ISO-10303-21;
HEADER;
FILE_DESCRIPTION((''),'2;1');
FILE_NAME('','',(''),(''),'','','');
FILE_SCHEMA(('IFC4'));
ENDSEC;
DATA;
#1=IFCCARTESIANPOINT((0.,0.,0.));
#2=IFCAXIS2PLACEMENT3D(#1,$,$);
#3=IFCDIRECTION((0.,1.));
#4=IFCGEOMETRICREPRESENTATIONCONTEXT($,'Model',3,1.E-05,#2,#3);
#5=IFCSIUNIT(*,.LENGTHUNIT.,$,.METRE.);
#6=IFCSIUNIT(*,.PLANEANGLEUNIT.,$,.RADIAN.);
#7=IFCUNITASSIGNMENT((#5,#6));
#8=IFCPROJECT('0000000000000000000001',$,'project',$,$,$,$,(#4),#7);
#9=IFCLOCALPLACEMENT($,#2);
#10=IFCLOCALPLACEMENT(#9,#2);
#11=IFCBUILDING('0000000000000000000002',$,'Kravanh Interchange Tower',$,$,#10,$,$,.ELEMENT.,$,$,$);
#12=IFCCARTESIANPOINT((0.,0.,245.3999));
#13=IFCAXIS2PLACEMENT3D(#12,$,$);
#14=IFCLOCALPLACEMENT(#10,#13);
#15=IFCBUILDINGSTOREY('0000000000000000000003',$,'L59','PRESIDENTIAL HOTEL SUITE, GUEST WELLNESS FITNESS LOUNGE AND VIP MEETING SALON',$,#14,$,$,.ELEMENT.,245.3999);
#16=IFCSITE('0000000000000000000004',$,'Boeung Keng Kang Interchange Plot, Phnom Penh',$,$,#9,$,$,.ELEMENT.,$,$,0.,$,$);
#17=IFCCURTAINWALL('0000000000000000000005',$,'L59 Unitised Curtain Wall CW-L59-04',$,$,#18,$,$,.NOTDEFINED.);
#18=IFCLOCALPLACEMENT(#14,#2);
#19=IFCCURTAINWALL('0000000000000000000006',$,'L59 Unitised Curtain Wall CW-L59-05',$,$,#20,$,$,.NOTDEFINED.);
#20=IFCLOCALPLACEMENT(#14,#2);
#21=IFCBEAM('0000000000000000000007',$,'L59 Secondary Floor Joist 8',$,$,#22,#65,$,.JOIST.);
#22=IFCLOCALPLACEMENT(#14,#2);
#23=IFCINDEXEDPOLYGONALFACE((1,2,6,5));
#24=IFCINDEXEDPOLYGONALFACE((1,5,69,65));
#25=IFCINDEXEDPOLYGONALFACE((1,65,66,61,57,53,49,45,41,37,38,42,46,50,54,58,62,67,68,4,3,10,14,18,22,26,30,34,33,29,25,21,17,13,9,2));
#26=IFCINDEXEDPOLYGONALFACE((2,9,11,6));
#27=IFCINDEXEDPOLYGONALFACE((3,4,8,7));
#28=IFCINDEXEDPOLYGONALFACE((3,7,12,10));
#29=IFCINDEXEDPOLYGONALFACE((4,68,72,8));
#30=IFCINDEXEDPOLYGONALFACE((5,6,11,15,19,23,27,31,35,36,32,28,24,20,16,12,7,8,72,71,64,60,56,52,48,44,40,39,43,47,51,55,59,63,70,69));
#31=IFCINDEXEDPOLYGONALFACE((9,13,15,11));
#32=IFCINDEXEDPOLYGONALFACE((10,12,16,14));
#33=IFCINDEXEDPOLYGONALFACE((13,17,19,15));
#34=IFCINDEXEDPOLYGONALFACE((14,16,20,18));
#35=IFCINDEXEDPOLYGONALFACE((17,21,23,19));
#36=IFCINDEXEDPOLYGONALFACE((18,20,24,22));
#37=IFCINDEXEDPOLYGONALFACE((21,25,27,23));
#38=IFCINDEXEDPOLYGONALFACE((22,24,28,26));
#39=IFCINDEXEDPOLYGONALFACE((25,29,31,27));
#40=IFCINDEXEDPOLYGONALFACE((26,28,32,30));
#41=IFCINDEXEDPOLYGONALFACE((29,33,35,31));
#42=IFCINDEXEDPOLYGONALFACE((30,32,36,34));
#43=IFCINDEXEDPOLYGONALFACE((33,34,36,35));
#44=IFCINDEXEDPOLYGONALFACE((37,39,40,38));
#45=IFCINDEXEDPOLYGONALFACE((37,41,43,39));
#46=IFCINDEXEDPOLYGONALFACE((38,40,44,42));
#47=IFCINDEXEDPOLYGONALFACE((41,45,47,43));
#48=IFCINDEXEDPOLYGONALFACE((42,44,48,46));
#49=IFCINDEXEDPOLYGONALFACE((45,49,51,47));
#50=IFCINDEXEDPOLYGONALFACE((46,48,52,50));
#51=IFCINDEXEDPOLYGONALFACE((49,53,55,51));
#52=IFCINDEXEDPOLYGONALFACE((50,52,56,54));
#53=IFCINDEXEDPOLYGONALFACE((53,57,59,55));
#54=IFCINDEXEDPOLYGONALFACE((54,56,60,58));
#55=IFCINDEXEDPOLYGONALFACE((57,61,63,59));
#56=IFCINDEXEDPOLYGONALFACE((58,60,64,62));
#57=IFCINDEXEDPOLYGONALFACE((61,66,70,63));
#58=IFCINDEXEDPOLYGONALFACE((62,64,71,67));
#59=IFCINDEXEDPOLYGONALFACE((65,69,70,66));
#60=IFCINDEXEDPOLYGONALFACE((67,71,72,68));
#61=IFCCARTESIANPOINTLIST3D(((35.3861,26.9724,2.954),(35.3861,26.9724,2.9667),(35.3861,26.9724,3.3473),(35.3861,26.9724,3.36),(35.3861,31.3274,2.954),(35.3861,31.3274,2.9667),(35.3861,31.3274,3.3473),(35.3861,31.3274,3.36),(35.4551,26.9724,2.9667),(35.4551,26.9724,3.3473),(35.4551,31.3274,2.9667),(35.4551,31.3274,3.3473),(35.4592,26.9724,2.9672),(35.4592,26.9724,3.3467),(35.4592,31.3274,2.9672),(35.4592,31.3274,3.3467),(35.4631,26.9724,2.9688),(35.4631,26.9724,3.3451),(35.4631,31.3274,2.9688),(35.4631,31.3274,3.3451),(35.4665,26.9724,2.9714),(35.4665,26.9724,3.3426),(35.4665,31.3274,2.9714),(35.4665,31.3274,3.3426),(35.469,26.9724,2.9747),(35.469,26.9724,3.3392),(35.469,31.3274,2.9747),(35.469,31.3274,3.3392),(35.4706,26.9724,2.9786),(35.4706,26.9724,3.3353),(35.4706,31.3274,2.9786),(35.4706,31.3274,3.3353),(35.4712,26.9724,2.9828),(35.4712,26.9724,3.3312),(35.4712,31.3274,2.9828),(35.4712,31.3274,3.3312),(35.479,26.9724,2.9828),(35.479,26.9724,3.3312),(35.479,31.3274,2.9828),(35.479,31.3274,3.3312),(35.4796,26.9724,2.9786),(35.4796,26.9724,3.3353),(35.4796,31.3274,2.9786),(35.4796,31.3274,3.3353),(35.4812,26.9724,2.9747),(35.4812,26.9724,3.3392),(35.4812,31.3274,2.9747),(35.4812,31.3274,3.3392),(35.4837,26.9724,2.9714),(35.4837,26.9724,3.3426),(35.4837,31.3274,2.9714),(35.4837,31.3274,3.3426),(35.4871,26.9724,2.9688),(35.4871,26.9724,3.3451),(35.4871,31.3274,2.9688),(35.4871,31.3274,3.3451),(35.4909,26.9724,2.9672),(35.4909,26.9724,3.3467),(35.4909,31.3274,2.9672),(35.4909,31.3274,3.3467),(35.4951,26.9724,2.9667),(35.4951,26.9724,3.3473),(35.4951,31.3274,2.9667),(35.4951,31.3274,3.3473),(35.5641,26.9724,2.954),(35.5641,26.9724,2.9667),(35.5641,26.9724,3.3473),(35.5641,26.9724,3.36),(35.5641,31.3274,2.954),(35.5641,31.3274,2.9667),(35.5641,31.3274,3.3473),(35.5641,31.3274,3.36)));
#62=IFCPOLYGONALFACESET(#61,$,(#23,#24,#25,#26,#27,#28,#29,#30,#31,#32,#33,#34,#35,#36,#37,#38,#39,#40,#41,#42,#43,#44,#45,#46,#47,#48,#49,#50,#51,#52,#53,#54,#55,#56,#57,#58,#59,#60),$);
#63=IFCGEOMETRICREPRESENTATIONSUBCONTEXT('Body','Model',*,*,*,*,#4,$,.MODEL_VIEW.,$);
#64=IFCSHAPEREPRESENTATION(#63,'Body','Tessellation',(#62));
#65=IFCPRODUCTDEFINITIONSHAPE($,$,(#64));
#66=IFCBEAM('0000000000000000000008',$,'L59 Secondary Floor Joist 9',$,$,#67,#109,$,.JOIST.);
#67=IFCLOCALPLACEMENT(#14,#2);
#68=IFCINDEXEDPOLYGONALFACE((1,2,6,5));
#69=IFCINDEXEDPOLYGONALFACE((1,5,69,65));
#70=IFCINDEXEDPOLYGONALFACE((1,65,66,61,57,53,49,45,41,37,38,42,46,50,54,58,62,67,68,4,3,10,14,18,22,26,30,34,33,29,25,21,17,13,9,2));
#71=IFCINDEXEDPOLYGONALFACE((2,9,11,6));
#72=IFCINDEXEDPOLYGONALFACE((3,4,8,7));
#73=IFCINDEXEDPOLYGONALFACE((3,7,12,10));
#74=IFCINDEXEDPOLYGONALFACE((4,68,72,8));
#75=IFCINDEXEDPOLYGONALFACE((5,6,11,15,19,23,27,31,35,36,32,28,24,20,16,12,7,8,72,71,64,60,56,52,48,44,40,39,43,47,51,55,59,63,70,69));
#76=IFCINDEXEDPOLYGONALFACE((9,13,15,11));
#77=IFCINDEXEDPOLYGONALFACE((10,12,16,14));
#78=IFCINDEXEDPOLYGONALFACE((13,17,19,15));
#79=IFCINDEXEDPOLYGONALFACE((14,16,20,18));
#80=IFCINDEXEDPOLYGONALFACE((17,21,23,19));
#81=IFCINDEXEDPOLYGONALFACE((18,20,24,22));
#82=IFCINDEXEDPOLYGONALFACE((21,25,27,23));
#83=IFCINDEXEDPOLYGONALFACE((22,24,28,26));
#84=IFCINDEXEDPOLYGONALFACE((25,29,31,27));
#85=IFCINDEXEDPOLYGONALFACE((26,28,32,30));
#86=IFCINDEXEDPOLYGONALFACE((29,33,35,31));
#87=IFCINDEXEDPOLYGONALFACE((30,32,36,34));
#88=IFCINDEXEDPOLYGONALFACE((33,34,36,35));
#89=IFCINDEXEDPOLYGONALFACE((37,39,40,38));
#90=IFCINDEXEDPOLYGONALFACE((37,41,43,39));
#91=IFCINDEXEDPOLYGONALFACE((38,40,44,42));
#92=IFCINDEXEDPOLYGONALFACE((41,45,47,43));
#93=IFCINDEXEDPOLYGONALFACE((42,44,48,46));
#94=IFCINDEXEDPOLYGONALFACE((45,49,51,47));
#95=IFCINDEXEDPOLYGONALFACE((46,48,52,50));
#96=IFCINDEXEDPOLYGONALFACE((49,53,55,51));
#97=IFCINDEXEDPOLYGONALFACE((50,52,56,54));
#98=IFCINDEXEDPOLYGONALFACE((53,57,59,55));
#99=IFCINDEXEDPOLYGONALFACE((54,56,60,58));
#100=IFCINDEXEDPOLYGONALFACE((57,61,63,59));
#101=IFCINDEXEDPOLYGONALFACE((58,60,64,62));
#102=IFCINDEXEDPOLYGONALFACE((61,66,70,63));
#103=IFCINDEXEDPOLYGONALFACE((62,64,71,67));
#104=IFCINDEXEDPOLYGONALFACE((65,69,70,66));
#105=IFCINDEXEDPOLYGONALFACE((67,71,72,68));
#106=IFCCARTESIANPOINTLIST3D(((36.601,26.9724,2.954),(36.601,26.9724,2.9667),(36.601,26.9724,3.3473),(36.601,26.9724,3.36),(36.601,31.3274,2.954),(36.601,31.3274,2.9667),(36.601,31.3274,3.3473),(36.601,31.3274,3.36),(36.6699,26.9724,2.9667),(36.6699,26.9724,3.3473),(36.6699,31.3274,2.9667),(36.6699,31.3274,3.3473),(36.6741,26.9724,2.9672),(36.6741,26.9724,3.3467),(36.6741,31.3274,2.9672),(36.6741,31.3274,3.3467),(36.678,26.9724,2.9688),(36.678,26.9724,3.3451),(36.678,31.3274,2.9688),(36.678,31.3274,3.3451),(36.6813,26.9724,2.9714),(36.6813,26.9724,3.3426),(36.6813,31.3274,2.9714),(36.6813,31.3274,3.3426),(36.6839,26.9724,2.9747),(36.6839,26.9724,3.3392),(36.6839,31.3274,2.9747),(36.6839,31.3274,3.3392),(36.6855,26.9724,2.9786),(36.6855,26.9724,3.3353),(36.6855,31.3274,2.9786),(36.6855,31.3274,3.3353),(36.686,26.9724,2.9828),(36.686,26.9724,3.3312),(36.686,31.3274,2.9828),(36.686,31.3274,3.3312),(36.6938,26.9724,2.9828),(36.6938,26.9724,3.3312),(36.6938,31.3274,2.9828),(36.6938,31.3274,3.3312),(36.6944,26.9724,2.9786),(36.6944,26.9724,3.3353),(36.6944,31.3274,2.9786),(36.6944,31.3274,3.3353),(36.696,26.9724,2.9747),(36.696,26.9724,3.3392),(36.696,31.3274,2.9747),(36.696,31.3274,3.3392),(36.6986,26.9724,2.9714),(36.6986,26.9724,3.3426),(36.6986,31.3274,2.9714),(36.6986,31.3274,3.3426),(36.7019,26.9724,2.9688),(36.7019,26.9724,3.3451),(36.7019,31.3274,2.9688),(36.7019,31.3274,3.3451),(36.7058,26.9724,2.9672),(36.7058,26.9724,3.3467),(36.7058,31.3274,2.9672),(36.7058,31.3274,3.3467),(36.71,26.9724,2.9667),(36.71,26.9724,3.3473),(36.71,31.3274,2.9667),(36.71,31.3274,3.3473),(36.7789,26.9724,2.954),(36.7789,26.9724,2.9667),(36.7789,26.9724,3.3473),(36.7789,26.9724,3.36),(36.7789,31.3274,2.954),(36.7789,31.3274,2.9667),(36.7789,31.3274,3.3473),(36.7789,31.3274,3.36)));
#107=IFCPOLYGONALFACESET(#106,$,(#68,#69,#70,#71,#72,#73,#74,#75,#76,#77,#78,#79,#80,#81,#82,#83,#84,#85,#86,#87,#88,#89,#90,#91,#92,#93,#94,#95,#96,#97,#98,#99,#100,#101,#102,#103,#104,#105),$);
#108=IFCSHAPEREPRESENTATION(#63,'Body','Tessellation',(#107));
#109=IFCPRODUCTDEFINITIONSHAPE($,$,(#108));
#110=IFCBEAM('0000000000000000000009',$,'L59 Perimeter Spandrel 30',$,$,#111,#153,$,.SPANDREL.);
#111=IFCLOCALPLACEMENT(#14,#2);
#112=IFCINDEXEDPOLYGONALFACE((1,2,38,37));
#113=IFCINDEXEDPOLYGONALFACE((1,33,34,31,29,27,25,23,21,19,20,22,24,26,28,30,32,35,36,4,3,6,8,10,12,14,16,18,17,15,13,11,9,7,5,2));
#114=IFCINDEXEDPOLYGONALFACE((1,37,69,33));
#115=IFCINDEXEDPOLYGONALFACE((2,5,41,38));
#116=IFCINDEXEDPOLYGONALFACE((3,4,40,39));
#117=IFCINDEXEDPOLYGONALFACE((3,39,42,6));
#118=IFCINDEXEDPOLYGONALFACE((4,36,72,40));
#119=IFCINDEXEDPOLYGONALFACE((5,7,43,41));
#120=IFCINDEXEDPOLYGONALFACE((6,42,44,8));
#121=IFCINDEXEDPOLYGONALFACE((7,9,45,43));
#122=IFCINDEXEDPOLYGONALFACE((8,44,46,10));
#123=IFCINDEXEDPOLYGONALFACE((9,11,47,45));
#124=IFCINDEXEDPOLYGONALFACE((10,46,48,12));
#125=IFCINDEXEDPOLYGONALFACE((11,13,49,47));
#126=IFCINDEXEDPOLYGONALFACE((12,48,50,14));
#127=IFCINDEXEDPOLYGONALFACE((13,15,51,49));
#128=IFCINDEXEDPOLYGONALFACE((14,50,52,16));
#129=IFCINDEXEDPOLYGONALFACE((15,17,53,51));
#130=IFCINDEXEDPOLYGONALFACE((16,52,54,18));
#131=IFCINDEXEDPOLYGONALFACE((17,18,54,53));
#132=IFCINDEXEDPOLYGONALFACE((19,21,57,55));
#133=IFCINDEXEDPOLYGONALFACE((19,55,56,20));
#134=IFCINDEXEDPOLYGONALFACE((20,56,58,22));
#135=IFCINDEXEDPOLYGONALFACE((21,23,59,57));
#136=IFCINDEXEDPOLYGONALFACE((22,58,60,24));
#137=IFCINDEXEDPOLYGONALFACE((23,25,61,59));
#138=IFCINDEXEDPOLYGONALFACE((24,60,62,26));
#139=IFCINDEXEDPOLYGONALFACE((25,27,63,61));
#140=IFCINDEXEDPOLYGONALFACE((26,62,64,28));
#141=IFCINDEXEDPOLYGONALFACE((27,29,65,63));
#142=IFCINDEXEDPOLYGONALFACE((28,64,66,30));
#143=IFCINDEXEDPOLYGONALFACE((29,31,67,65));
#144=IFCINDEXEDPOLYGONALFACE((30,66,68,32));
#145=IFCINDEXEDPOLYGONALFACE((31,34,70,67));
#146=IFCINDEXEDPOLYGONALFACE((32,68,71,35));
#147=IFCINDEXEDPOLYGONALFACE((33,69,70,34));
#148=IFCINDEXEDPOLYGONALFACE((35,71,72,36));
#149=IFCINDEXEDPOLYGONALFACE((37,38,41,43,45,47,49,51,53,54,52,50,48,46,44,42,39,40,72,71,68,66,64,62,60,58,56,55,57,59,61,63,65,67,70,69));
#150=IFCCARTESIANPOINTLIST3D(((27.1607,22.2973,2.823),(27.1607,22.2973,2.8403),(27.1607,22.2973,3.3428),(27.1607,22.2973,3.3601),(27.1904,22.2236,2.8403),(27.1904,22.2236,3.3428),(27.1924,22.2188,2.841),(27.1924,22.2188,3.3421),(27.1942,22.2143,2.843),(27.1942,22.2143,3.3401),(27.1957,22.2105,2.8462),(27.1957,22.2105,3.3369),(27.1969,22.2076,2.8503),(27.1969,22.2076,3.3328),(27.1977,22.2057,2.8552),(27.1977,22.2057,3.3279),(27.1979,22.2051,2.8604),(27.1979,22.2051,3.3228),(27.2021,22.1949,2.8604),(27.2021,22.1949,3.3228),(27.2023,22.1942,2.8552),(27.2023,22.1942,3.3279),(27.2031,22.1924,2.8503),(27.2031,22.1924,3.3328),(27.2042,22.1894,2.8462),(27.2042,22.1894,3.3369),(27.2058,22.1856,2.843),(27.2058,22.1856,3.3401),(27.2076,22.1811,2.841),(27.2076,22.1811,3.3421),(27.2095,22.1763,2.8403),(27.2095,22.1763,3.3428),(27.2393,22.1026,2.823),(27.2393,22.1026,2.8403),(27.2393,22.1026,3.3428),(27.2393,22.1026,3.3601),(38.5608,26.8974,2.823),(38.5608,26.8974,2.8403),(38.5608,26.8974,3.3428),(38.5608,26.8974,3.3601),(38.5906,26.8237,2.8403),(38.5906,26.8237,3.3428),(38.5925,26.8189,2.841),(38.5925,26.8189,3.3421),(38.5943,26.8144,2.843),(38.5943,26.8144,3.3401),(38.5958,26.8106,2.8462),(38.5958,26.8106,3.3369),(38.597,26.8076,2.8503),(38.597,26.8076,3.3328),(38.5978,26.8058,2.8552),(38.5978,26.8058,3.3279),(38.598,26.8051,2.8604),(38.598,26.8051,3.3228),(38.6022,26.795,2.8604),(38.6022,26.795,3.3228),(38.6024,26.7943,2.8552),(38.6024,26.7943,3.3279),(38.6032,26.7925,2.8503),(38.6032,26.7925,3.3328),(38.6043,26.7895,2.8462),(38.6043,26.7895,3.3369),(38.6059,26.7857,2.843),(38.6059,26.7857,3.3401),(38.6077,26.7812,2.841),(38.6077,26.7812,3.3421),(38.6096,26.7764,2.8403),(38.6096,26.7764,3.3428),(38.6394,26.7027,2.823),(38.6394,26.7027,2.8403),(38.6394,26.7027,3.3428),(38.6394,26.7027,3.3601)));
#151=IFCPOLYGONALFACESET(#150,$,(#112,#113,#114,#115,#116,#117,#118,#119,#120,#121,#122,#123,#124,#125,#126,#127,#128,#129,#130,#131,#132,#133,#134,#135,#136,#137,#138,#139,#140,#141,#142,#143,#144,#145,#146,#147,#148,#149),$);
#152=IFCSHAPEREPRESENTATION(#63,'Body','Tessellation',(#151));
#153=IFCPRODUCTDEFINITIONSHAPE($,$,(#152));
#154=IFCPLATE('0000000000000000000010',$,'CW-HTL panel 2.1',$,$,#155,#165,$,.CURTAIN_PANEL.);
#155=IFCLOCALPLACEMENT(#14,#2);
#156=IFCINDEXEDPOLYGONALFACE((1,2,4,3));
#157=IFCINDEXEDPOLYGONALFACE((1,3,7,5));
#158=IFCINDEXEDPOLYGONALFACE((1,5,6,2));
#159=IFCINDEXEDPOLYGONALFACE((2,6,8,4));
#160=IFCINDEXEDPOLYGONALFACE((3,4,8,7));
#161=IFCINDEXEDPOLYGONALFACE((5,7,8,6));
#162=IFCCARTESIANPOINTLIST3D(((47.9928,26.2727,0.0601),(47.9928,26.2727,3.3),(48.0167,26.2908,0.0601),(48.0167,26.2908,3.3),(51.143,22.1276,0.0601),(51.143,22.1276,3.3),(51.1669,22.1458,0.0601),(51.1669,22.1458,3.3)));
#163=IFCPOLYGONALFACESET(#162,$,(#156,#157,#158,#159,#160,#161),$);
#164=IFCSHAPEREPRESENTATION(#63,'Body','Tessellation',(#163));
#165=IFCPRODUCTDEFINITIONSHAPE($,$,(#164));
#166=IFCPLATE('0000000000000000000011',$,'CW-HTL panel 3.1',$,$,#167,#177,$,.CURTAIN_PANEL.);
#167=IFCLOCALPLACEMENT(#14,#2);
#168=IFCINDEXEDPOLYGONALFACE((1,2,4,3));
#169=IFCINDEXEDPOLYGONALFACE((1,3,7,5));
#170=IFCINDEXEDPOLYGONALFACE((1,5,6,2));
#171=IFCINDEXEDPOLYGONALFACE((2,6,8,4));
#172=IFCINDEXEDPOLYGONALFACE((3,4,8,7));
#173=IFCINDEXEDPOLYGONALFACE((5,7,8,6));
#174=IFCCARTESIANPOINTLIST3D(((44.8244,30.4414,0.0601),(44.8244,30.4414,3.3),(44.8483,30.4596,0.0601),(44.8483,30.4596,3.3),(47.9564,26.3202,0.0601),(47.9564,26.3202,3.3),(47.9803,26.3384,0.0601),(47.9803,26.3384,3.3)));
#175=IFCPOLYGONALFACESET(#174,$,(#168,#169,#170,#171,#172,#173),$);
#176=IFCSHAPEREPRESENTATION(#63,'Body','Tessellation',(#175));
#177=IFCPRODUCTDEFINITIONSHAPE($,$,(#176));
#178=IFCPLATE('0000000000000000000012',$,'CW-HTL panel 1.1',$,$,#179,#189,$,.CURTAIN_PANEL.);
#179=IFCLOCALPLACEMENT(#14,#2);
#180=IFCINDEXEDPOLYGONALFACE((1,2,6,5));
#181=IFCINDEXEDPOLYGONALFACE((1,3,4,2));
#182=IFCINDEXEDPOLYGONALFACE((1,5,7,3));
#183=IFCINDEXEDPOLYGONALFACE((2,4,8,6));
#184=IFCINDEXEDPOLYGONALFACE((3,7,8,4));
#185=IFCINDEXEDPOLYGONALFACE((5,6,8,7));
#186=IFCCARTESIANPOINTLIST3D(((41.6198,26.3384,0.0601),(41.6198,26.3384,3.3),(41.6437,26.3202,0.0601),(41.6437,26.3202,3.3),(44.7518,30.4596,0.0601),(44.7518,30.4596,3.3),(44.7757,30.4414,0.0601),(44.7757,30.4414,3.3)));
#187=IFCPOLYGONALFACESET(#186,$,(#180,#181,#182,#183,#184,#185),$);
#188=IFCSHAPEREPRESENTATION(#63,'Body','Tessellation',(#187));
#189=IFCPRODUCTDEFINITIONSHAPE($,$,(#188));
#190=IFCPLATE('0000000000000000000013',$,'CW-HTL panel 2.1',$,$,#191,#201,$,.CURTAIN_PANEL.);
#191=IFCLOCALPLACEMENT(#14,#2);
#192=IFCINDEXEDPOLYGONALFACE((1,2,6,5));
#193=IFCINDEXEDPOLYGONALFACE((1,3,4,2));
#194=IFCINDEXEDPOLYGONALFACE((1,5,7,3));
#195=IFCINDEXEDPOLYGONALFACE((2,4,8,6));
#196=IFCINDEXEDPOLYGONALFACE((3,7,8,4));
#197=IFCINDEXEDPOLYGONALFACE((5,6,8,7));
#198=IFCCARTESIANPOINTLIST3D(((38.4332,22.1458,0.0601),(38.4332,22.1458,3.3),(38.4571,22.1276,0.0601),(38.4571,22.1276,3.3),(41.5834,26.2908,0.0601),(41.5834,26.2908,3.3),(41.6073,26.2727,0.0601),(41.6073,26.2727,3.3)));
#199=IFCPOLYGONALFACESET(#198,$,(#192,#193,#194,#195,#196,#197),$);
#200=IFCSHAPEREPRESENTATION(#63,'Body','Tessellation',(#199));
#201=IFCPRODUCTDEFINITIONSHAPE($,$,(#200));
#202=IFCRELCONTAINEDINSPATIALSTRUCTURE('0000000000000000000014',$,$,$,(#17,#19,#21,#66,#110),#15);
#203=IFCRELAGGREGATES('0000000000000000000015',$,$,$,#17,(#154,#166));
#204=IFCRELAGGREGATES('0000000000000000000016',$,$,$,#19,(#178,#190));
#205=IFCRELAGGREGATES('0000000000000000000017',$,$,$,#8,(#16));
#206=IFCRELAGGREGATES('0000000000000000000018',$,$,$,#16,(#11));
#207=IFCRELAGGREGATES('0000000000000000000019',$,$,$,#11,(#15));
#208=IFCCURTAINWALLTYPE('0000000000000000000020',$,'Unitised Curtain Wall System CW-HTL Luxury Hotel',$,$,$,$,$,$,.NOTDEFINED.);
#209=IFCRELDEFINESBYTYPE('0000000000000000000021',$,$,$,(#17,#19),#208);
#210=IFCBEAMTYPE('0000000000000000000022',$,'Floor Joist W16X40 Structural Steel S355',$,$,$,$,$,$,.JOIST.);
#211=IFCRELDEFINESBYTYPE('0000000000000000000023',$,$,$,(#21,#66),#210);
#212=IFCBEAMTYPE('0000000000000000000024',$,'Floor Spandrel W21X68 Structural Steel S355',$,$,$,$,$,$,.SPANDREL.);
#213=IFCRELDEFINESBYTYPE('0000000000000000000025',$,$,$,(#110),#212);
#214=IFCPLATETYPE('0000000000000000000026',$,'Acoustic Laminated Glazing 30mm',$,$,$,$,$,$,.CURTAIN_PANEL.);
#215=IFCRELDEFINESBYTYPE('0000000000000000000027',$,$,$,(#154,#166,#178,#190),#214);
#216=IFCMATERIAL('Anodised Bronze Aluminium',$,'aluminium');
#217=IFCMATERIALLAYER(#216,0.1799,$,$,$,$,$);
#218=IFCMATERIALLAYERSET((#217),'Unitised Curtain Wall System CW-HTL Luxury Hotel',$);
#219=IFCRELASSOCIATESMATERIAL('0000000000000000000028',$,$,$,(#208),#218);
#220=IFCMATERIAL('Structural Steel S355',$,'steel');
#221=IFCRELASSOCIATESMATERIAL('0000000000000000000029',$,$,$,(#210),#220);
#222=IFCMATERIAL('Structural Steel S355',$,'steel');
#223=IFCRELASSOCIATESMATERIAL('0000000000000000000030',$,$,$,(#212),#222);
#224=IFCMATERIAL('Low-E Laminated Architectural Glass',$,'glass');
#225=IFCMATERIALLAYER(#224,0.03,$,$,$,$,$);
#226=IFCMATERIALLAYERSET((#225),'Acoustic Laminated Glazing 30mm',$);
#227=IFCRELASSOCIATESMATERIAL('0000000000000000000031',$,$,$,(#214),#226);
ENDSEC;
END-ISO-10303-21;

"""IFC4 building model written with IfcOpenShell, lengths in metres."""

from ifc_helpers import new_model, si_unit, direction, frame, origin, origin_2d, place, context, subcontext, project, spatial, rectangle, i_section, extrude, material, layer, layer_set, material_profile, profile_set, type_object, element, aggregate, save


model = new_model("IFC4")

# Units and contexts
model_context = context("Model", 3, precision=1e-05, world=origin(), true_north=direction((0.0, 1.0)))
body_context = subcontext(model_context, "Body", "Model", "MODEL_VIEW")
ifc_project = project(units=[si_unit("LENGTHUNIT", "METRE"), si_unit("PLANEANGLEUNIT", "RADIAN")], contexts=[model_context])

# Site, building, storey
site_placement = place(None, origin())
site = spatial("IfcSite", under=ifc_project, at=site_placement, Name="Boeung Keng Kang Interchange Plot, Phnom Penh", CompositionType="ELEMENT", RefElevation=0.0)
building_placement = place(site_placement, origin())
building = spatial("IfcBuilding", under=site, at=building_placement, Name="Kravanh Interchange Tower", CompositionType="ELEMENT")
storey_placement = place(building_placement, frame((0.0, 0.0, 245.3999)))
storey = spatial("IfcBuildingStorey", under=building, at=storey_placement, Name="L59", Description="PRESIDENTIAL HOTEL SUITE, GUEST WELLNESS FITNESS LOUNGE AND VIP MEETING SALON", CompositionType="ELEMENT", Elevation=245.3999)

# Curtain walls
ifc_material_1 = material(Name="Anodised Bronze Aluminium", Category="aluminium")
ifc_layer_1 = layer(ifc_material_1, 0.1799)
ifc_layer_set_1 = layer_set([ifc_layer_1], Name="Unitised Curtain Wall System CW-HTL Luxury Hotel")
curtain_wall_type = type_object("IfcCurtainWallType", Name="Unitised Curtain Wall System CW-HTL Luxury Hotel", PredefinedType="NOTDEFINED", material=ifc_layer_set_1)
curtain_wall_1_placement = place(storey_placement, origin())
curtain_wall_1 = element("IfcCurtainWall", 1, at=curtain_wall_1_placement, inside=storey, type_object=curtain_wall_type, Name="L59 Unitised Curtain Wall CW-L59-04", PredefinedType="NOTDEFINED")
curtain_wall_2_placement = place(storey_placement, origin())
curtain_wall_2 = element("IfcCurtainWall", 2, at=curtain_wall_2_placement, inside=storey, type_object=curtain_wall_type, Name="L59 Unitised Curtain Wall CW-L59-05", PredefinedType="NOTDEFINED")

# Beams
ifc_material_2 = material(Name="Structural Steel S355", Category="steel")
ifc_material_profile_1 = material_profile(ifc_material_2, i_section(OverallWidth=0.178, OverallDepth=0.406, WebThickness=0.0078, FlangeThickness=0.0127, FilletRadius=0.0161, at=origin_2d()), Name="W16X40")
ifc_profile_set_1 = profile_set([ifc_material_profile_1], Name="Structural Steel S355")
beam_type_1 = type_object("IfcBeamType", Name="Floor Joist W16X40 Structural Steel S355", PredefinedType="JOIST", material=ifc_profile_set_1)
for number, where, z_axis, x_axis, name in (
    (3, (35.4751, 26.9724, 3.157), (0.0, 1.0, 0.0), (-1.0, 0.0, 0.0), "L59 Secondary Floor Joist 8"),
    (4, (36.6899, 26.9724, 3.157), (0.0, 1.0, 0.0), (-1.0, 0.0, 0.0), "L59 Secondary Floor Joist 9"),
):
    element("IfcBeam", number, at=place(storey_placement, frame(where, z_axis=z_axis, x_axis=x_axis)), inside=storey, type_object=beam_type_1, Name=name, PredefinedType="JOIST", context=body_context, shape_type="SweptSolid", body=[
        extrude(i_section(OverallWidth=0.178, OverallDepth=0.406, WebThickness=0.0078, FlangeThickness=0.0127, FilletRadius=0.0161, at=origin_2d()), origin(), (0.0, 0.0, 1.0), 4.355),
    ])
ifc_material_3 = material(Name="Structural Steel S355", Category="steel")
ifc_material_profile_2 = material_profile(ifc_material_3, i_section(OverallWidth=0.21, OverallDepth=0.5371, WebThickness=0.011, FlangeThickness=0.0173, FilletRadius=0.02, at=origin_2d()), Name="W21X68")
ifc_profile_set_2 = profile_set([ifc_material_profile_2], Name="Structural Steel S355")
beam_type_2 = type_object("IfcBeamType", Name="Floor Spandrel W21X68 Structural Steel S355", PredefinedType="SPANDREL", material=ifc_profile_set_2)
beam_1_placement = place(storey_placement, frame((38.6001, 26.8, 3.0916), z_axis=(-0.927349, -0.374197, 0.0), x_axis=(0.374197, -0.927349, 0.0)))
element("IfcBeam", 5, at=beam_1_placement, inside=storey, type_object=beam_type_2, Name="L59 Perimeter Spandrel 30", PredefinedType="SPANDREL", context=body_context, shape_type="SweptSolid", body=[
    extrude(i_section(OverallWidth=0.21, OverallDepth=0.5371, WebThickness=0.011, FlangeThickness=0.0173, FilletRadius=0.02, at=origin_2d()), origin(), (0.0, 0.0, 1.0), 12.2932),
])

# Plates
ifc_material_4 = material(Name="Low-E Laminated Architectural Glass", Category="glass")
ifc_layer_2 = layer(ifc_material_4, 0.03)
ifc_layer_set_2 = layer_set([ifc_layer_2], Name="Acoustic Laminated Glazing 30mm")
plate_type = type_object("IfcPlateType", Name="Acoustic Laminated Glazing 30mm", PredefinedType="CURTAIN_PANEL", material=ifc_layer_set_2)
plate_1_placement = place(storey_placement, frame((49.5798, 24.2092, 0.0601), z_axis=(0.0, 0.0, 1.0), x_axis=(-0.605083, 0.796162, 0.0)))
plate_1 = element("IfcPlate", 6, at=plate_1_placement, type_object=plate_type, Name="CW-HTL panel 2.1", PredefinedType="CURTAIN_PANEL", context=body_context, shape_type="SweptSolid", body=[
    extrude(rectangle(XDim=5.2063, YDim=0.03, at=origin_2d()), origin(), (0.0, 0.0, 1.0), 3.24),
])
plate_2_placement = place(storey_placement, frame((46.4023, 28.3899, 0.0601), z_axis=(0.0, 0.0, 1.0), x_axis=(-0.605083, 0.796162, 0.0)))
plate_2 = element("IfcPlate", 7, at=plate_2_placement, type_object=plate_type, Name="CW-HTL panel 3.1", PredefinedType="CURTAIN_PANEL", context=body_context, shape_type="SweptSolid", body=[
    extrude(rectangle(XDim=5.1763, YDim=0.03, at=origin_2d()), origin(), (0.0, 0.0, 1.0), 3.24),
])
aggregate(curtain_wall_1, [plate_1, plate_2])
plate_3_placement = place(storey_placement, frame((43.1978, 28.3899, 0.0601), z_axis=(0.0, 0.0, 1.0), x_axis=(-0.605083, -0.796162, 0.0)))
plate_3 = element("IfcPlate", 8, at=plate_3_placement, type_object=plate_type, Name="CW-HTL panel 1.1", PredefinedType="CURTAIN_PANEL", context=body_context, shape_type="SweptSolid", body=[
    extrude(rectangle(XDim=5.1763, YDim=0.03, at=origin_2d()), origin(), (0.0, 0.0, 1.0), 3.24),
])
plate_4_placement = place(storey_placement, frame((40.0203, 24.2092, 0.0601), z_axis=(0.0, 0.0, 1.0), x_axis=(-0.605083, -0.796162, 0.0)))
plate_4 = element("IfcPlate", 9, at=plate_4_placement, type_object=plate_type, Name="CW-HTL panel 2.1", PredefinedType="CURTAIN_PANEL", context=body_context, shape_type="SweptSolid", body=[
    extrude(rectangle(XDim=5.2063, YDim=0.03, at=origin_2d()), origin(), (0.0, 0.0, 1.0), 3.24),
])
aggregate(curtain_wall_2, [plate_3, plate_4])

save(model, "model.ifc")
